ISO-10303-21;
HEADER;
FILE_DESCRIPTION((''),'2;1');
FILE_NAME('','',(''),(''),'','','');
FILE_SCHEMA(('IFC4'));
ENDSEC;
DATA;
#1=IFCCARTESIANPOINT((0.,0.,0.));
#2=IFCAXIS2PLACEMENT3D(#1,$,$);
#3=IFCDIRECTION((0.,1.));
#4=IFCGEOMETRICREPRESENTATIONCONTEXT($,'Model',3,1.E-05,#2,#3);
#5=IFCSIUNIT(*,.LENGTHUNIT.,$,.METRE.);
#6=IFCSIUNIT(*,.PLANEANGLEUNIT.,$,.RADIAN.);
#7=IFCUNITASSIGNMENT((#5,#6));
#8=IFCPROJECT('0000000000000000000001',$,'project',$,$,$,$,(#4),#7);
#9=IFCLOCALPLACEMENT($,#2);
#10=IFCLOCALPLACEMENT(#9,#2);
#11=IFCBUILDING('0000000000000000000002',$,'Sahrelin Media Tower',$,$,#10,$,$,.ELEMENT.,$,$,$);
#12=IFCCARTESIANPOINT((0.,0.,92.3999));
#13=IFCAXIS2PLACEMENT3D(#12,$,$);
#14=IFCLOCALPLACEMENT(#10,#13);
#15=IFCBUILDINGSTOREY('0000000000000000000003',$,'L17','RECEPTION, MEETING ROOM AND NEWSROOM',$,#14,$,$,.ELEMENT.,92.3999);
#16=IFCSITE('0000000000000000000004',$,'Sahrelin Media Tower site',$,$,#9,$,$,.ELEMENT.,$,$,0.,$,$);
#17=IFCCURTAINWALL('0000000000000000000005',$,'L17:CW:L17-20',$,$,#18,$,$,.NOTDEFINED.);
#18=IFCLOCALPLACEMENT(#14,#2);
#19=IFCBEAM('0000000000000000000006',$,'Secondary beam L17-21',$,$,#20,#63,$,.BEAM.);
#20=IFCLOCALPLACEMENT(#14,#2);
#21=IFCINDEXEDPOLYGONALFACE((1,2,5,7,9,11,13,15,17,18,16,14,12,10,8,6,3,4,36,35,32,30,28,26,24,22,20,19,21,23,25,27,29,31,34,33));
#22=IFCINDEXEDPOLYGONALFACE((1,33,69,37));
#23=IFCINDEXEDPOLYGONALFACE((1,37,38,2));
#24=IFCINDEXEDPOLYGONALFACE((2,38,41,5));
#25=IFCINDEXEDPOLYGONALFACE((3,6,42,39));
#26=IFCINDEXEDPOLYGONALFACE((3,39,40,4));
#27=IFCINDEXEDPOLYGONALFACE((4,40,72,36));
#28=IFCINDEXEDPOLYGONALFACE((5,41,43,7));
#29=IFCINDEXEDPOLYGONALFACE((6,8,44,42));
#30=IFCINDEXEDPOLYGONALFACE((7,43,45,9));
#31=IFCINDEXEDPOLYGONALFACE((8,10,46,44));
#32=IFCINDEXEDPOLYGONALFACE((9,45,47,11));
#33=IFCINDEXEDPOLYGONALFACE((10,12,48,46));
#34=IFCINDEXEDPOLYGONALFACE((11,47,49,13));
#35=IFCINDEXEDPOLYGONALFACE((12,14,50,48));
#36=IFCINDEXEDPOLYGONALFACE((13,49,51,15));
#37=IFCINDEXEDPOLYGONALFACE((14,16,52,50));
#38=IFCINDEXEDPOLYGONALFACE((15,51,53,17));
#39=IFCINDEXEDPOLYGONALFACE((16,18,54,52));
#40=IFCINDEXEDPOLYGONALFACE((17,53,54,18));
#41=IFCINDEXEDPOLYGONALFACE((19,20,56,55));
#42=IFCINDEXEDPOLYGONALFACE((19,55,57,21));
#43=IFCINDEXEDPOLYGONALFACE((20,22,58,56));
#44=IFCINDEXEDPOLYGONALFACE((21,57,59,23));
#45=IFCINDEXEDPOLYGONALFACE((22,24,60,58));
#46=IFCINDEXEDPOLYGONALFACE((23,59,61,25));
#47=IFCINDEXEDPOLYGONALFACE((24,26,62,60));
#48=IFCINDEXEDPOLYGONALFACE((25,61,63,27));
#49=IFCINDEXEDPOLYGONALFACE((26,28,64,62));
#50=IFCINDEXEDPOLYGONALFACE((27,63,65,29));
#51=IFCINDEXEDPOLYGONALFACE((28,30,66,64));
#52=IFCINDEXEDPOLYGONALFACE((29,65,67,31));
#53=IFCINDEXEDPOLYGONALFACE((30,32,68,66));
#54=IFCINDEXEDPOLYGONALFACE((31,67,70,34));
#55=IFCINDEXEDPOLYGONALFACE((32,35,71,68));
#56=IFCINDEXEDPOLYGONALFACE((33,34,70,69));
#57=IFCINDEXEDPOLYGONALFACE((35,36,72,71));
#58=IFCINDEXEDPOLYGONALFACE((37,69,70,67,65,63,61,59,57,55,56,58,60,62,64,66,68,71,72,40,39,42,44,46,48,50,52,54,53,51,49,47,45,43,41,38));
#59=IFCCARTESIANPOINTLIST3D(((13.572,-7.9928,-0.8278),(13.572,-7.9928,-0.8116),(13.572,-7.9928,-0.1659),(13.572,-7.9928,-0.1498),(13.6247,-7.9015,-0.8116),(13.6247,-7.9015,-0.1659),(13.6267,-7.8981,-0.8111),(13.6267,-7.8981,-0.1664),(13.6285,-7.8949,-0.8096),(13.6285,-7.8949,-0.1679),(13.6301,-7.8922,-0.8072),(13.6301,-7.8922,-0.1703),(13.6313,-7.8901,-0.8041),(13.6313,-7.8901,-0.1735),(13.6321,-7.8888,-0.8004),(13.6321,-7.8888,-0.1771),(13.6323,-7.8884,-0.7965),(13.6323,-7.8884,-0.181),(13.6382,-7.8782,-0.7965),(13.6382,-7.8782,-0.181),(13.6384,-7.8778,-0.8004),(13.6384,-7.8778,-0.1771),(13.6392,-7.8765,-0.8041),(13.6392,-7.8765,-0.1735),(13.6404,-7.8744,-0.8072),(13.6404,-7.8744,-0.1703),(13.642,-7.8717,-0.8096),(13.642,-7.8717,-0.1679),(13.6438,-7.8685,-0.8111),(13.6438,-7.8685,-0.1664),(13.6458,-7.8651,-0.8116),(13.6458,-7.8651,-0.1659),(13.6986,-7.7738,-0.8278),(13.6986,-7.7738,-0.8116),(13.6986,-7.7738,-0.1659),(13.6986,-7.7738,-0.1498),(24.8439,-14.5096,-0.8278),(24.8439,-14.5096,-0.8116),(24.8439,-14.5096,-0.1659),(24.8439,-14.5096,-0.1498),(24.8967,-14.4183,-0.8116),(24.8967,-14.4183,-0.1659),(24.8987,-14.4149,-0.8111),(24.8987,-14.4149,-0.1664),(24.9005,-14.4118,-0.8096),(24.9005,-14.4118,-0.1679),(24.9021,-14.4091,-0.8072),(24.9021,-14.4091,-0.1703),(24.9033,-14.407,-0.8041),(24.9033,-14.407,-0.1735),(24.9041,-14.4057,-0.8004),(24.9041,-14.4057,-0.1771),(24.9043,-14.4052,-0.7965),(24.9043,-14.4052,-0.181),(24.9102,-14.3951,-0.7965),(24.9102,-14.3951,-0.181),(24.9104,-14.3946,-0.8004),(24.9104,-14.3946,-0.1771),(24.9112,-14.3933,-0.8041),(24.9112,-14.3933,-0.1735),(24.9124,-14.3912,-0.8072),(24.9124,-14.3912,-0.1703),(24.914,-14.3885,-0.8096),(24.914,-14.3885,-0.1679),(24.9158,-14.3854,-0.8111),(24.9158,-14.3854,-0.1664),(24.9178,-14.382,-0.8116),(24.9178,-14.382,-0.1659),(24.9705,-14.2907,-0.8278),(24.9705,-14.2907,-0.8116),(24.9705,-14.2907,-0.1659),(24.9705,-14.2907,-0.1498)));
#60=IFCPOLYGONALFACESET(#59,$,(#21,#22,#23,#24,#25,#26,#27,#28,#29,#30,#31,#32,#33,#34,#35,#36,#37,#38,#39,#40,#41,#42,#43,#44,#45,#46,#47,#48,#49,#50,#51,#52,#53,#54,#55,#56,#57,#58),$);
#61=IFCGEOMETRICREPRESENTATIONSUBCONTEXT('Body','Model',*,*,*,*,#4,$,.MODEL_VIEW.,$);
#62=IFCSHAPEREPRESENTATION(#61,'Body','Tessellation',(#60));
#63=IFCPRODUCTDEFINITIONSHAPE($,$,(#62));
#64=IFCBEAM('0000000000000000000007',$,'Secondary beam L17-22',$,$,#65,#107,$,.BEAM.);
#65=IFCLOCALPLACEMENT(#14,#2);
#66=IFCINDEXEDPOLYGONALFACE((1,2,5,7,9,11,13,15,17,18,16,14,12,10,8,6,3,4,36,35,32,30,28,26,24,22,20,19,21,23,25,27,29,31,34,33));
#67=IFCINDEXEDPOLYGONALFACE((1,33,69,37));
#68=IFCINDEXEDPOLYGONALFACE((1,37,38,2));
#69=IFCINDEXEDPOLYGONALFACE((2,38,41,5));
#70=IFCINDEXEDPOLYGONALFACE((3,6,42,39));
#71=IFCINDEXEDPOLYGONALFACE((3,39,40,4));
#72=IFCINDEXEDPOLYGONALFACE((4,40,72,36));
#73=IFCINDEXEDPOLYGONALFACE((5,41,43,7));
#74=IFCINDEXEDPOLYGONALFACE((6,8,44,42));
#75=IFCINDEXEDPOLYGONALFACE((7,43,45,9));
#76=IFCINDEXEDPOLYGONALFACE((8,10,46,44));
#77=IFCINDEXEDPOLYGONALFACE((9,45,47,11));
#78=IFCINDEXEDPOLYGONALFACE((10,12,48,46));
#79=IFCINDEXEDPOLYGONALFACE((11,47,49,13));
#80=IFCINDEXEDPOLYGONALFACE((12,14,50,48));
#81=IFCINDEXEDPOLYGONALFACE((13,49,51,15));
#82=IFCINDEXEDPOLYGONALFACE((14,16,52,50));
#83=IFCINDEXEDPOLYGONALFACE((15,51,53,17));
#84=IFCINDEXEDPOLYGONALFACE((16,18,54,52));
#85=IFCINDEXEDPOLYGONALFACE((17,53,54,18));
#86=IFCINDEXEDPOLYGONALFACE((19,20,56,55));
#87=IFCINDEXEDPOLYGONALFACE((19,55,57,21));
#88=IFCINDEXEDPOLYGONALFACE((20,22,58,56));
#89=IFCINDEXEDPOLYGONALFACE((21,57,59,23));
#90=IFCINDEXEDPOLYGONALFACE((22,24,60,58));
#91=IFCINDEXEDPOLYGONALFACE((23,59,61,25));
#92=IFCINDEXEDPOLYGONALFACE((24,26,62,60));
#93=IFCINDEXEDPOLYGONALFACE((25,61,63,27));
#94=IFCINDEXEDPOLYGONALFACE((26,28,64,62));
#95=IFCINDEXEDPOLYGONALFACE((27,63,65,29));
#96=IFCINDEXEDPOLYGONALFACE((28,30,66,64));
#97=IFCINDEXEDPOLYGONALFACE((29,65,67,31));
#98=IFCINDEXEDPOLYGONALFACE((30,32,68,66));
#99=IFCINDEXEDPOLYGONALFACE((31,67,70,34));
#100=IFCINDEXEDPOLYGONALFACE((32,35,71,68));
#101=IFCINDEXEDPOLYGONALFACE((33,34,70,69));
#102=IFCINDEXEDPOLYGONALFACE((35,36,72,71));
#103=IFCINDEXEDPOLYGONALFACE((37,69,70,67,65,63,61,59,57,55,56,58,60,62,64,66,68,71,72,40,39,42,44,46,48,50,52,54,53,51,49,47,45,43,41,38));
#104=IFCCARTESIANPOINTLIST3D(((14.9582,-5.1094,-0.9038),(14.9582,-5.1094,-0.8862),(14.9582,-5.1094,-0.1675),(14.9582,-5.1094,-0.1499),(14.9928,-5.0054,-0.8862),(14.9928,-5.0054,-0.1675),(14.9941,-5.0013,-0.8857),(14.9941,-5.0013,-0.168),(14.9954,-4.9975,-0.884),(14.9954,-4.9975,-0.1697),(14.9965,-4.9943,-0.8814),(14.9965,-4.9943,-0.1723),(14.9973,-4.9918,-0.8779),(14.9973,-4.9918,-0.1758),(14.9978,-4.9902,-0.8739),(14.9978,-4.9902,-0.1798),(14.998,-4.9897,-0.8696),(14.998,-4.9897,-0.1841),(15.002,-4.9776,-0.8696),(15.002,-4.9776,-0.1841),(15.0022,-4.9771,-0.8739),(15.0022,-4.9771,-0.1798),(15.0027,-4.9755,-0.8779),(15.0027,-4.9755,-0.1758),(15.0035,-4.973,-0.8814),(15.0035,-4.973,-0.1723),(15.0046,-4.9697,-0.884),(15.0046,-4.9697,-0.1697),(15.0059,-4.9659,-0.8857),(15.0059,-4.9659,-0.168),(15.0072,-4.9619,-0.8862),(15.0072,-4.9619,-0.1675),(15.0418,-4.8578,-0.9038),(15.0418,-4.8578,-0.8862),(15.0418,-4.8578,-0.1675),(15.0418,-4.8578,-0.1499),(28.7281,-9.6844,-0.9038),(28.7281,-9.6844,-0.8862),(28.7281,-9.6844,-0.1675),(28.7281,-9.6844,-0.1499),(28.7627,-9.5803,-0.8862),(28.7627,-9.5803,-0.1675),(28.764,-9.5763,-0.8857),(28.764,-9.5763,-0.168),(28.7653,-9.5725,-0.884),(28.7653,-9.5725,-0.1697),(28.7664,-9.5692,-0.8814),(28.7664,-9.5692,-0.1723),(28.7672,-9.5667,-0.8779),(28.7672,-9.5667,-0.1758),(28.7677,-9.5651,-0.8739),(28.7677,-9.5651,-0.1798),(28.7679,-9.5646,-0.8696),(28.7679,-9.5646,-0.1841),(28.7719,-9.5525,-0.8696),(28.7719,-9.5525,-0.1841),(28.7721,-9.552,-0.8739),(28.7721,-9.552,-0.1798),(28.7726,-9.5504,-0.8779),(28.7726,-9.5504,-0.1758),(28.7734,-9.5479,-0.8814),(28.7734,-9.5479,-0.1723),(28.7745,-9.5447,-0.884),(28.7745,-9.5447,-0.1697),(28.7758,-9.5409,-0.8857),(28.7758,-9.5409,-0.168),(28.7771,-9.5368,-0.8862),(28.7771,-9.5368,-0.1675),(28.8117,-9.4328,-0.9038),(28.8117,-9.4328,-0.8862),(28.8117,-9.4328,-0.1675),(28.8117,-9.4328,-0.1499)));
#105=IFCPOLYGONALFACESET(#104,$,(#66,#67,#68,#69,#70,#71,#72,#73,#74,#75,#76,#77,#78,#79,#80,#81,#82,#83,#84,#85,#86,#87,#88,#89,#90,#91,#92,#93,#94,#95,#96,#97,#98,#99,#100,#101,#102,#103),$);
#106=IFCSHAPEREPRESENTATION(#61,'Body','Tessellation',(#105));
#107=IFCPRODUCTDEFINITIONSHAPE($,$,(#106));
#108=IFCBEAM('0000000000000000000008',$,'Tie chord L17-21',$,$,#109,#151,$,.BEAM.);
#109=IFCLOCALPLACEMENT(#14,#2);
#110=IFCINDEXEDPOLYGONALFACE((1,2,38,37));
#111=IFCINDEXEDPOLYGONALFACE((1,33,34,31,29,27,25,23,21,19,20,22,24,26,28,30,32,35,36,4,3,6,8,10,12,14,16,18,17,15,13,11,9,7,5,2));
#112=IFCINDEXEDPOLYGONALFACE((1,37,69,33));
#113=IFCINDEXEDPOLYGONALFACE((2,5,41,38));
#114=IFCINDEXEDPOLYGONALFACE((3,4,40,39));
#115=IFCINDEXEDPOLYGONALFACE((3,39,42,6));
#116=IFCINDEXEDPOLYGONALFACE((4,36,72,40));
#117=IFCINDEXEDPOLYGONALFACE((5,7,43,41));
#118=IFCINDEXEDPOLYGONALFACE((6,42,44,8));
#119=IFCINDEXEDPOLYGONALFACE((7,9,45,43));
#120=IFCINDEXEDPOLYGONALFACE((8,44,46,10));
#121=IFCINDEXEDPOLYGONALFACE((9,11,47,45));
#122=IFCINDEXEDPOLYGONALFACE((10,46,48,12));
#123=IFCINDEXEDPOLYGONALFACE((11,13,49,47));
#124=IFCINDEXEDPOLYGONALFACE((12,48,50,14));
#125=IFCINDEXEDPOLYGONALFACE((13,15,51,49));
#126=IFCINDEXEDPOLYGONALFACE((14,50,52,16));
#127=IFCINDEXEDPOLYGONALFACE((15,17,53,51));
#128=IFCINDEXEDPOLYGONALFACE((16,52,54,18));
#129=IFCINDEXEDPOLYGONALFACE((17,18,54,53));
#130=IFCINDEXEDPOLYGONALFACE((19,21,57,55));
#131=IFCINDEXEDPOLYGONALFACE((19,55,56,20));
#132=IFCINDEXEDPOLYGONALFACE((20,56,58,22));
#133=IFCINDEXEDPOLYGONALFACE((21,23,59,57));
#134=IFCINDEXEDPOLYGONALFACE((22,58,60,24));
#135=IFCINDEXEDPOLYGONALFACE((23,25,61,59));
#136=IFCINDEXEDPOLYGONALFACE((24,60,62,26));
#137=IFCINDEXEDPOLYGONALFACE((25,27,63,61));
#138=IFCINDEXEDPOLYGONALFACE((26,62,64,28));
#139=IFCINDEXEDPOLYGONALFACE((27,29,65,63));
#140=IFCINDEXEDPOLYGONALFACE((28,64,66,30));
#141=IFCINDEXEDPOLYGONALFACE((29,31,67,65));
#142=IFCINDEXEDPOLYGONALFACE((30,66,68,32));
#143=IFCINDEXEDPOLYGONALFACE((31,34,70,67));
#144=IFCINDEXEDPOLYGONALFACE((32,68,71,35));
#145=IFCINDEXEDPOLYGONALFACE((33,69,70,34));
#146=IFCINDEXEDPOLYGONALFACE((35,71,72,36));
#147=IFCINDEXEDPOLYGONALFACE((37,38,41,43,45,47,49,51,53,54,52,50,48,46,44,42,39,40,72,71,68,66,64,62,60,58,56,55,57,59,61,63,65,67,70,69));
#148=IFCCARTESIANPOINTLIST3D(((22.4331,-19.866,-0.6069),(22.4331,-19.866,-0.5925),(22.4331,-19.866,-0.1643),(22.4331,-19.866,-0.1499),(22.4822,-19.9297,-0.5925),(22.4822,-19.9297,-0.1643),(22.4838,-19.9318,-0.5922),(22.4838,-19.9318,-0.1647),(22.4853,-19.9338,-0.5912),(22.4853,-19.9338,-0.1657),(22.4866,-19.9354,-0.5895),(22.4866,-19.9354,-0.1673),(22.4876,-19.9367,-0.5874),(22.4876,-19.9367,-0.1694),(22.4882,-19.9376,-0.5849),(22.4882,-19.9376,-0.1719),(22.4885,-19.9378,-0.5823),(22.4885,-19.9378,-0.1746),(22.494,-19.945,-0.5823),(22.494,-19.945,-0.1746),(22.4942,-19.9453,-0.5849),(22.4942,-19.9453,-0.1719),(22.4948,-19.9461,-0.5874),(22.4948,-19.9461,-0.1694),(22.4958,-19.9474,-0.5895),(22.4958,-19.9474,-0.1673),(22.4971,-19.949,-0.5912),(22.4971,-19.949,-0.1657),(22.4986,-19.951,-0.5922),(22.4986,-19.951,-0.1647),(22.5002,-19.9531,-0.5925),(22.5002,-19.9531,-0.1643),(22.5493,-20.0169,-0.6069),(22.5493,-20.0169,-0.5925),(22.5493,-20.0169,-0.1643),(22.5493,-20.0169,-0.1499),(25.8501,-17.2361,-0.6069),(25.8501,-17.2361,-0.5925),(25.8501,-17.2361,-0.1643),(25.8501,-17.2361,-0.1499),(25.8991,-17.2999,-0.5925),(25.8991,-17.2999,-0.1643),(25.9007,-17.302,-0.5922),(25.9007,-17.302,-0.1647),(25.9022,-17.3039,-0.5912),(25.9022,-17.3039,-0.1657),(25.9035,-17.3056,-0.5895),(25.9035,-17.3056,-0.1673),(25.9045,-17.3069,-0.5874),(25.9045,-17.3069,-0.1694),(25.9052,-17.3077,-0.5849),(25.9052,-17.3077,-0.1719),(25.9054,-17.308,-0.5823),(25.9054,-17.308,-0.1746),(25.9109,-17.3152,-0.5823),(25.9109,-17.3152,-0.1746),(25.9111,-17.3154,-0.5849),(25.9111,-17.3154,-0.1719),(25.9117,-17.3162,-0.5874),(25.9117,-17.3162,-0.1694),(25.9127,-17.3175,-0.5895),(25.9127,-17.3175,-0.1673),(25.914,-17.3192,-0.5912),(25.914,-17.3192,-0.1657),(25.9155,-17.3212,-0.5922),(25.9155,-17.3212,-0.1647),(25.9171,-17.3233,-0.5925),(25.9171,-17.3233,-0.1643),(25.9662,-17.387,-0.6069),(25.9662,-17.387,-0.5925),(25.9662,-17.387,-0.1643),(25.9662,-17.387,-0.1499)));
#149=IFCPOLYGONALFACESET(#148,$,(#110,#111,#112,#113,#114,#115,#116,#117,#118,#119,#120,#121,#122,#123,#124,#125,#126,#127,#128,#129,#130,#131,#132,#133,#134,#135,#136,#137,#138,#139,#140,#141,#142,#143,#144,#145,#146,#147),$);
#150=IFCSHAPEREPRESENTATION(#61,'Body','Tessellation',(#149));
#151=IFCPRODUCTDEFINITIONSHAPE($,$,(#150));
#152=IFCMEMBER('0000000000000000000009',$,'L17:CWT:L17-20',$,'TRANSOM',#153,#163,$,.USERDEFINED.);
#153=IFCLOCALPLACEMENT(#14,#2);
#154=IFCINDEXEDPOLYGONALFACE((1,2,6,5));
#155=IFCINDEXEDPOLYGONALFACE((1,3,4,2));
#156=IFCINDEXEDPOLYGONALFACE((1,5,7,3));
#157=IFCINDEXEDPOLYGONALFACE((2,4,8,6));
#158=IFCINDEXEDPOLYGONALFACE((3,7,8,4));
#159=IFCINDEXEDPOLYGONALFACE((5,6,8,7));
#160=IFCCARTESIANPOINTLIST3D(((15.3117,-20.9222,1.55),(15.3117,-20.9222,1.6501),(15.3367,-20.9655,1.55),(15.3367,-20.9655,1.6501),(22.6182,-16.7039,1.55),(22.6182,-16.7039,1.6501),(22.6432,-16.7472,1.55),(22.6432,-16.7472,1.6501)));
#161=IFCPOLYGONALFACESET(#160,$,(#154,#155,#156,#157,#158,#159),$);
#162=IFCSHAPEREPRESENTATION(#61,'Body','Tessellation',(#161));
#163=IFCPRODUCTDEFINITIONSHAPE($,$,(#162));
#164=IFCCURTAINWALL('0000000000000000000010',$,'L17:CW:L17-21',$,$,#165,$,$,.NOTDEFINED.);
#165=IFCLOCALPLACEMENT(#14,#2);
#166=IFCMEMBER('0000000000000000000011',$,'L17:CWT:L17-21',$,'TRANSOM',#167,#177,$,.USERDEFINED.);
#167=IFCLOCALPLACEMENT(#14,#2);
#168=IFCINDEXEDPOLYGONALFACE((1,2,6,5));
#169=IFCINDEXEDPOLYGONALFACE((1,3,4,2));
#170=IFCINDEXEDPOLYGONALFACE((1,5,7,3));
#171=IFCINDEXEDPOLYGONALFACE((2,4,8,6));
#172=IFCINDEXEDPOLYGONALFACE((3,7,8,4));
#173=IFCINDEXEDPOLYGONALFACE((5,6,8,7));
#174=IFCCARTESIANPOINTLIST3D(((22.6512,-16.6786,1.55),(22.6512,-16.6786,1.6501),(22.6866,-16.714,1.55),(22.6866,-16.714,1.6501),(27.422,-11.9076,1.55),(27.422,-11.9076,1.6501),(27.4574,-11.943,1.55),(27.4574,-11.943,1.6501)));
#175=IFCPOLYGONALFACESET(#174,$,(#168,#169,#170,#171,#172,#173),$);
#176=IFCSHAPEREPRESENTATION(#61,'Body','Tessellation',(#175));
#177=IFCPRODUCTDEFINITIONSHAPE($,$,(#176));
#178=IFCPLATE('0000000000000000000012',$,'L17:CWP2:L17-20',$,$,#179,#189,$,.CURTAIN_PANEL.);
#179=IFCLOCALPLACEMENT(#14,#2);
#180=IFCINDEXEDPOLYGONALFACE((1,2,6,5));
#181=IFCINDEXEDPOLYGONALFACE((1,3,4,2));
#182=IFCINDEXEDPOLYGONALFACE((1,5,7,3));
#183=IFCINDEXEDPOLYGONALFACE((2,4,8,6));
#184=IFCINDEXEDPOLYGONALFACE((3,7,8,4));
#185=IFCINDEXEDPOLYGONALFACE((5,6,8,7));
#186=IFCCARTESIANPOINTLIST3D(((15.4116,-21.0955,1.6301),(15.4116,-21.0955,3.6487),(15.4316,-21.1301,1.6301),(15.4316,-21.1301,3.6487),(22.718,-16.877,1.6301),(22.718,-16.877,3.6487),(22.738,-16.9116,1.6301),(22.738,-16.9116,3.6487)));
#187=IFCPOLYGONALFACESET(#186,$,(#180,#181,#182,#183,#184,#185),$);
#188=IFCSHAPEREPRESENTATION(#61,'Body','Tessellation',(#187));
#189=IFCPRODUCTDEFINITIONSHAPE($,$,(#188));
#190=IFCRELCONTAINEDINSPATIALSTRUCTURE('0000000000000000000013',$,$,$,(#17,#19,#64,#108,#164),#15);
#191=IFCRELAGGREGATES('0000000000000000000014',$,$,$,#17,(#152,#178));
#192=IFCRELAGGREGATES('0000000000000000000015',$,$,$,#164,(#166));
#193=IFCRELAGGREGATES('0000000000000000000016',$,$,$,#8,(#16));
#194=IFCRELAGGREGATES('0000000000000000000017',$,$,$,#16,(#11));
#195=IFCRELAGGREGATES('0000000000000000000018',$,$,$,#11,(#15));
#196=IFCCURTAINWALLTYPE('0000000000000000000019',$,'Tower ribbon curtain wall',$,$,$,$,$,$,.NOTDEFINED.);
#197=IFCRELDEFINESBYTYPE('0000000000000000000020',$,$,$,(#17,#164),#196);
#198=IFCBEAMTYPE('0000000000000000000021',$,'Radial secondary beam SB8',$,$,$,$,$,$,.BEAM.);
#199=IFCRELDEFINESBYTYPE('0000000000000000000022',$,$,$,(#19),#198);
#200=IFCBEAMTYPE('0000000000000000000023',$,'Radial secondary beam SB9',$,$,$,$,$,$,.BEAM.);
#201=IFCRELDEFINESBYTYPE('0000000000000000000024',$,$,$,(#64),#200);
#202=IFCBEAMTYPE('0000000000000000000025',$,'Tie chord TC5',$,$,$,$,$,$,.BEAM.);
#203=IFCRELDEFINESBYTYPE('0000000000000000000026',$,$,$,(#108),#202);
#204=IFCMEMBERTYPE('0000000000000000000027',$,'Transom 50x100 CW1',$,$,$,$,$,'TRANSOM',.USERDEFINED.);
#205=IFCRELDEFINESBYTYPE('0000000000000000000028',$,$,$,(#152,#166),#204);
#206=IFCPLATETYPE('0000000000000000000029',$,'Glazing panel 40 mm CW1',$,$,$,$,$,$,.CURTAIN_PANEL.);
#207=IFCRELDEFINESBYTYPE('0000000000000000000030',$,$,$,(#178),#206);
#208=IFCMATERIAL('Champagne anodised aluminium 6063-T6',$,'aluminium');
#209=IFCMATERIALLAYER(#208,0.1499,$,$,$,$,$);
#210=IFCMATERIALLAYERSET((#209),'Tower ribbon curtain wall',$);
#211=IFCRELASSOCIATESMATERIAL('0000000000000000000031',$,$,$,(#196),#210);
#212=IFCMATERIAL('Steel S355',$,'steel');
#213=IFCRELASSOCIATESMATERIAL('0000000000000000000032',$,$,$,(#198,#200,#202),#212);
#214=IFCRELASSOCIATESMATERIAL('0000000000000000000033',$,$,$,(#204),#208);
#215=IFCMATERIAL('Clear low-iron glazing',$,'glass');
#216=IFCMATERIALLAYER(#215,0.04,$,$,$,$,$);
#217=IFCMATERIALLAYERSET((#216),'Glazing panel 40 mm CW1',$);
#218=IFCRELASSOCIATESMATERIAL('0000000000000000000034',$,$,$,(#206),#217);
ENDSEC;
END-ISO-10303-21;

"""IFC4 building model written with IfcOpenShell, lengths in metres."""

from ifc_helpers import new_model, si_unit, direction, frame, origin, origin_2d, place, context, subcontext, project, spatial, polyline, rectangle, i_section, outline, extrude, material, layer, layer_set, material_profile, profile_set, type_object, element, aggregate, save


model = new_model("IFC4")

# Units and contexts
model_context = context("Model", 3, precision=1e-05, world=origin(), true_north=direction((0.0, 1.0)))
body_context = subcontext(model_context, "Body", "Model", "MODEL_VIEW")
ifc_project = project(units=[si_unit("LENGTHUNIT", "METRE"), si_unit("PLANEANGLEUNIT", "RADIAN")], contexts=[model_context])

# Site, building, storey
site_placement = place(None, origin())
site = spatial("IfcSite", under=ifc_project, at=site_placement, Name="Sahrelin Media Tower site", CompositionType="ELEMENT", RefElevation=0.0)
building_placement = place(site_placement, origin())
building = spatial("IfcBuilding", under=site, at=building_placement, Name="Sahrelin Media Tower", CompositionType="ELEMENT")
storey_placement = place(building_placement, frame((0.0, 0.0, 92.3999)))
storey = spatial("IfcBuildingStorey", under=building, at=storey_placement, Name="L17", Description="RECEPTION, MEETING ROOM AND NEWSROOM", CompositionType="ELEMENT", Elevation=92.3999)

# Shared definitions
ifc_material_1 = material(Name="Steel S355", Category="steel")

# Curtain wall
ifc_material_2 = material(Name="Champagne anodised aluminium 6063-T6", Category="aluminium")
ifc_layer_1 = layer(ifc_material_2, 0.1499)
ifc_layer_set_1 = layer_set([ifc_layer_1], Name="Tower ribbon curtain wall")
curtain_wall_type = type_object("IfcCurtainWallType", Name="Tower ribbon curtain wall", PredefinedType="NOTDEFINED", material=ifc_layer_set_1)
curtain_wall_1_placement = place(storey_placement, frame((19.075, -19.0037, 0.0), z_axis=(0.0, 0.0, 1.0), x_axis=(1.0, 0.0, 0.0)))
curtain_wall_1 = element("IfcCurtainWall", 1, at=curtain_wall_1_placement, inside=storey, type_object=curtain_wall_type, Name="L17:CW:L17-20", PredefinedType="NOTDEFINED")

# Beams
ifc_material_profile_1 = material_profile(ifc_material_1, i_section(OverallWidth=0.2529, OverallDepth=0.678, WebThickness=0.0117, FlangeThickness=0.0161, FilletRadius=0.0151, at=origin_2d()), Name="UB 686x254x125")
ifc_profile_set_1 = profile_set([ifc_material_profile_1], Name="Steel S355")
beam_type_1 = type_object("IfcBeamType", Name="Radial secondary beam SB8", PredefinedType="BEAM", material=ifc_profile_set_1)
beam_1_placement = place(storey_placement, frame((13.6353, -7.8833, -0.4888), z_axis=(0.865727, -0.500517, 0.0), x_axis=(0.500517, 0.865727, 0.0)))
element("IfcBeam", 2, at=beam_1_placement, inside=storey, type_object=beam_type_1, Name="Secondary beam L17-21", PredefinedType="BEAM", context=body_context, shape_type="SweptSolid", body=[
    extrude(i_section(OverallWidth=0.2529, OverallDepth=0.678, WebThickness=0.0117, FlangeThickness=0.0161, FilletRadius=0.0151, at=origin_2d()), origin(), (0.0, 0.0, 1.0), 13.0203),
])
ifc_material_profile_2 = material_profile(ifc_material_1, i_section(OverallWidth=0.2651, OverallDepth=0.7539, WebThickness=0.0127, FlangeThickness=0.0176, FilletRadius=0.0166, at=origin_2d()), Name="UB 762x267x147")
ifc_profile_set_2 = profile_set([ifc_material_profile_2], Name="Steel S355")
beam_type_2 = type_object("IfcBeamType", Name="Radial secondary beam SB9", PredefinedType="BEAM", material=ifc_profile_set_2)
beam_2_placement = place(storey_placement, frame((15.0, -4.9836, -0.5269), z_axis=(0.948994, -0.315294, 0.0), x_axis=(0.315294, 0.948994, 0.0)))
element("IfcBeam", 3, at=beam_2_placement, inside=storey, type_object=beam_type_2, Name="Secondary beam L17-22", PredefinedType="BEAM", context=body_context, shape_type="SweptSolid", body=[
    extrude(i_section(OverallWidth=0.2651, OverallDepth=0.7539, WebThickness=0.0127, FlangeThickness=0.0176, FilletRadius=0.0166, at=origin_2d()), origin(), (0.0, 0.0, 1.0), 14.51),
])
ifc_material_profile_3 = material_profile(ifc_material_1, i_section(OverallWidth=0.1904, OverallDepth=0.457, WebThickness=0.009, FlangeThickness=0.0144, FilletRadius=0.0103, at=origin_2d()), Name="UB 457x191x74")
ifc_profile_set_3 = profile_set([ifc_material_profile_3], Name="Steel S355")
beam_type_3 = type_object("IfcBeamType", Name="Tie chord TC5", PredefinedType="BEAM", material=ifc_profile_set_3)
beam_3_placement = place(storey_placement, frame((22.4912, -19.9414, -0.3784), z_axis=(0.792464, 0.609919, 0.0), x_axis=(-0.609919, 0.792464, 0.0)))
element("IfcBeam", 4, at=beam_3_placement, inside=storey, type_object=beam_type_3, Name="Tie chord L17-21", PredefinedType="BEAM", context=body_context, shape_type="SweptSolid", body=[
    extrude(i_section(OverallWidth=0.1904, OverallDepth=0.457, WebThickness=0.009, FlangeThickness=0.0144, FilletRadius=0.0103, at=origin_2d()), origin(), (0.0, 0.0, 1.0), 4.3118),
])

# Member
ifc_material_profile_4 = material_profile(ifc_material_2, rectangle(XDim=0.05, YDim=0.1001, at=origin_2d()), Name="Transom 50x100")
ifc_profile_set_4 = profile_set([ifc_material_profile_4], Name="Champagne anodised aluminium 6063-T6")
member_type_1 = type_object("IfcMemberType", Name="Transom 50x100 CW1", ElementType="TRANSOM", PredefinedType="USERDEFINED", material=ifc_profile_set_4)
member_1_placement = place(storey_placement, frame((15.3242, -20.9438, 1.6001), z_axis=(0.86603, 0.499992, 0.0), x_axis=(-0.499992, 0.86603, 0.0)))
member_1 = element("IfcMember", 5, at=member_1_placement, type_object=member_type_1, Name="L17:CWT:L17-20", ObjectType="TRANSOM", PredefinedType="USERDEFINED", context=body_context, shape_type="SweptSolid", body=[
    extrude(rectangle(XDim=0.05, YDim=0.1001, at=origin_2d()), origin(), (0.0, 0.0, 1.0), 8.4368),
])

# Curtain wall, member
curtain_wall_2_placement = place(storey_placement, frame((25.1921, -14.4485, 0.0), z_axis=(0.0, 0.0, 1.0), x_axis=(1.0, 0.0, 0.0)))
curtain_wall_2 = element("IfcCurtainWall", 6, at=curtain_wall_2_placement, inside=storey, type_object=curtain_wall_type, Name="L17:CW:L17-21", PredefinedType="NOTDEFINED")
member_2_placement = place(storey_placement, frame((22.6689, -16.6963, 1.6001), z_axis=(0.707089, 0.707125, 0.0), x_axis=(-0.707125, 0.707089, 0.0)))
member_2 = element("IfcMember", 7, at=member_2_placement, type_object=member_type_1, Name="L17:CWT:L17-21", ObjectType="TRANSOM", PredefinedType="USERDEFINED", context=body_context, shape_type="SweptSolid", body=[
    extrude(rectangle(XDim=0.05, YDim=0.1001, at=origin_2d()), origin(), (0.0, 0.0, 1.0), 6.7471),
])

# Plate
ifc_material_3 = material(Name="Clear low-iron glazing", Category="glass")
ifc_layer_2 = layer(ifc_material_3, 0.04)
ifc_layer_set_2 = layer_set([ifc_layer_2], Name="Glazing panel 40 mm CW1")
plate_type_1 = type_object("IfcPlateType", Name="Glazing panel 40 mm CW1", PredefinedType="CURTAIN_PANEL", material=ifc_layer_set_2)
plate_1_placement = place(storey_placement, frame((15.4316, -21.1301, 1.6301), z_axis=(0.500014, -0.866017, 0.0), x_axis=(0.866017, 0.500014, 0.0)))
plate_1 = element("IfcPlate", 8, at=plate_1_placement, type_object=plate_type_1, Name="L17:CWP2:L17-20", PredefinedType="CURTAIN_PANEL", context=body_context, shape_type="SweptSolid", body=[
    extrude(outline(polyline([(0.0, 0.0), (8.4368, 0.0), (8.4368, 2.0186), (0.0, 2.0186), (0.0, 0.0)])), origin(), (0.0, 0.0, -1.0), 0.04),
])
aggregate(curtain_wall_1, [member_1, plate_1])
aggregate(curtain_wall_2, [member_2])

save(model, "model.ifc")
